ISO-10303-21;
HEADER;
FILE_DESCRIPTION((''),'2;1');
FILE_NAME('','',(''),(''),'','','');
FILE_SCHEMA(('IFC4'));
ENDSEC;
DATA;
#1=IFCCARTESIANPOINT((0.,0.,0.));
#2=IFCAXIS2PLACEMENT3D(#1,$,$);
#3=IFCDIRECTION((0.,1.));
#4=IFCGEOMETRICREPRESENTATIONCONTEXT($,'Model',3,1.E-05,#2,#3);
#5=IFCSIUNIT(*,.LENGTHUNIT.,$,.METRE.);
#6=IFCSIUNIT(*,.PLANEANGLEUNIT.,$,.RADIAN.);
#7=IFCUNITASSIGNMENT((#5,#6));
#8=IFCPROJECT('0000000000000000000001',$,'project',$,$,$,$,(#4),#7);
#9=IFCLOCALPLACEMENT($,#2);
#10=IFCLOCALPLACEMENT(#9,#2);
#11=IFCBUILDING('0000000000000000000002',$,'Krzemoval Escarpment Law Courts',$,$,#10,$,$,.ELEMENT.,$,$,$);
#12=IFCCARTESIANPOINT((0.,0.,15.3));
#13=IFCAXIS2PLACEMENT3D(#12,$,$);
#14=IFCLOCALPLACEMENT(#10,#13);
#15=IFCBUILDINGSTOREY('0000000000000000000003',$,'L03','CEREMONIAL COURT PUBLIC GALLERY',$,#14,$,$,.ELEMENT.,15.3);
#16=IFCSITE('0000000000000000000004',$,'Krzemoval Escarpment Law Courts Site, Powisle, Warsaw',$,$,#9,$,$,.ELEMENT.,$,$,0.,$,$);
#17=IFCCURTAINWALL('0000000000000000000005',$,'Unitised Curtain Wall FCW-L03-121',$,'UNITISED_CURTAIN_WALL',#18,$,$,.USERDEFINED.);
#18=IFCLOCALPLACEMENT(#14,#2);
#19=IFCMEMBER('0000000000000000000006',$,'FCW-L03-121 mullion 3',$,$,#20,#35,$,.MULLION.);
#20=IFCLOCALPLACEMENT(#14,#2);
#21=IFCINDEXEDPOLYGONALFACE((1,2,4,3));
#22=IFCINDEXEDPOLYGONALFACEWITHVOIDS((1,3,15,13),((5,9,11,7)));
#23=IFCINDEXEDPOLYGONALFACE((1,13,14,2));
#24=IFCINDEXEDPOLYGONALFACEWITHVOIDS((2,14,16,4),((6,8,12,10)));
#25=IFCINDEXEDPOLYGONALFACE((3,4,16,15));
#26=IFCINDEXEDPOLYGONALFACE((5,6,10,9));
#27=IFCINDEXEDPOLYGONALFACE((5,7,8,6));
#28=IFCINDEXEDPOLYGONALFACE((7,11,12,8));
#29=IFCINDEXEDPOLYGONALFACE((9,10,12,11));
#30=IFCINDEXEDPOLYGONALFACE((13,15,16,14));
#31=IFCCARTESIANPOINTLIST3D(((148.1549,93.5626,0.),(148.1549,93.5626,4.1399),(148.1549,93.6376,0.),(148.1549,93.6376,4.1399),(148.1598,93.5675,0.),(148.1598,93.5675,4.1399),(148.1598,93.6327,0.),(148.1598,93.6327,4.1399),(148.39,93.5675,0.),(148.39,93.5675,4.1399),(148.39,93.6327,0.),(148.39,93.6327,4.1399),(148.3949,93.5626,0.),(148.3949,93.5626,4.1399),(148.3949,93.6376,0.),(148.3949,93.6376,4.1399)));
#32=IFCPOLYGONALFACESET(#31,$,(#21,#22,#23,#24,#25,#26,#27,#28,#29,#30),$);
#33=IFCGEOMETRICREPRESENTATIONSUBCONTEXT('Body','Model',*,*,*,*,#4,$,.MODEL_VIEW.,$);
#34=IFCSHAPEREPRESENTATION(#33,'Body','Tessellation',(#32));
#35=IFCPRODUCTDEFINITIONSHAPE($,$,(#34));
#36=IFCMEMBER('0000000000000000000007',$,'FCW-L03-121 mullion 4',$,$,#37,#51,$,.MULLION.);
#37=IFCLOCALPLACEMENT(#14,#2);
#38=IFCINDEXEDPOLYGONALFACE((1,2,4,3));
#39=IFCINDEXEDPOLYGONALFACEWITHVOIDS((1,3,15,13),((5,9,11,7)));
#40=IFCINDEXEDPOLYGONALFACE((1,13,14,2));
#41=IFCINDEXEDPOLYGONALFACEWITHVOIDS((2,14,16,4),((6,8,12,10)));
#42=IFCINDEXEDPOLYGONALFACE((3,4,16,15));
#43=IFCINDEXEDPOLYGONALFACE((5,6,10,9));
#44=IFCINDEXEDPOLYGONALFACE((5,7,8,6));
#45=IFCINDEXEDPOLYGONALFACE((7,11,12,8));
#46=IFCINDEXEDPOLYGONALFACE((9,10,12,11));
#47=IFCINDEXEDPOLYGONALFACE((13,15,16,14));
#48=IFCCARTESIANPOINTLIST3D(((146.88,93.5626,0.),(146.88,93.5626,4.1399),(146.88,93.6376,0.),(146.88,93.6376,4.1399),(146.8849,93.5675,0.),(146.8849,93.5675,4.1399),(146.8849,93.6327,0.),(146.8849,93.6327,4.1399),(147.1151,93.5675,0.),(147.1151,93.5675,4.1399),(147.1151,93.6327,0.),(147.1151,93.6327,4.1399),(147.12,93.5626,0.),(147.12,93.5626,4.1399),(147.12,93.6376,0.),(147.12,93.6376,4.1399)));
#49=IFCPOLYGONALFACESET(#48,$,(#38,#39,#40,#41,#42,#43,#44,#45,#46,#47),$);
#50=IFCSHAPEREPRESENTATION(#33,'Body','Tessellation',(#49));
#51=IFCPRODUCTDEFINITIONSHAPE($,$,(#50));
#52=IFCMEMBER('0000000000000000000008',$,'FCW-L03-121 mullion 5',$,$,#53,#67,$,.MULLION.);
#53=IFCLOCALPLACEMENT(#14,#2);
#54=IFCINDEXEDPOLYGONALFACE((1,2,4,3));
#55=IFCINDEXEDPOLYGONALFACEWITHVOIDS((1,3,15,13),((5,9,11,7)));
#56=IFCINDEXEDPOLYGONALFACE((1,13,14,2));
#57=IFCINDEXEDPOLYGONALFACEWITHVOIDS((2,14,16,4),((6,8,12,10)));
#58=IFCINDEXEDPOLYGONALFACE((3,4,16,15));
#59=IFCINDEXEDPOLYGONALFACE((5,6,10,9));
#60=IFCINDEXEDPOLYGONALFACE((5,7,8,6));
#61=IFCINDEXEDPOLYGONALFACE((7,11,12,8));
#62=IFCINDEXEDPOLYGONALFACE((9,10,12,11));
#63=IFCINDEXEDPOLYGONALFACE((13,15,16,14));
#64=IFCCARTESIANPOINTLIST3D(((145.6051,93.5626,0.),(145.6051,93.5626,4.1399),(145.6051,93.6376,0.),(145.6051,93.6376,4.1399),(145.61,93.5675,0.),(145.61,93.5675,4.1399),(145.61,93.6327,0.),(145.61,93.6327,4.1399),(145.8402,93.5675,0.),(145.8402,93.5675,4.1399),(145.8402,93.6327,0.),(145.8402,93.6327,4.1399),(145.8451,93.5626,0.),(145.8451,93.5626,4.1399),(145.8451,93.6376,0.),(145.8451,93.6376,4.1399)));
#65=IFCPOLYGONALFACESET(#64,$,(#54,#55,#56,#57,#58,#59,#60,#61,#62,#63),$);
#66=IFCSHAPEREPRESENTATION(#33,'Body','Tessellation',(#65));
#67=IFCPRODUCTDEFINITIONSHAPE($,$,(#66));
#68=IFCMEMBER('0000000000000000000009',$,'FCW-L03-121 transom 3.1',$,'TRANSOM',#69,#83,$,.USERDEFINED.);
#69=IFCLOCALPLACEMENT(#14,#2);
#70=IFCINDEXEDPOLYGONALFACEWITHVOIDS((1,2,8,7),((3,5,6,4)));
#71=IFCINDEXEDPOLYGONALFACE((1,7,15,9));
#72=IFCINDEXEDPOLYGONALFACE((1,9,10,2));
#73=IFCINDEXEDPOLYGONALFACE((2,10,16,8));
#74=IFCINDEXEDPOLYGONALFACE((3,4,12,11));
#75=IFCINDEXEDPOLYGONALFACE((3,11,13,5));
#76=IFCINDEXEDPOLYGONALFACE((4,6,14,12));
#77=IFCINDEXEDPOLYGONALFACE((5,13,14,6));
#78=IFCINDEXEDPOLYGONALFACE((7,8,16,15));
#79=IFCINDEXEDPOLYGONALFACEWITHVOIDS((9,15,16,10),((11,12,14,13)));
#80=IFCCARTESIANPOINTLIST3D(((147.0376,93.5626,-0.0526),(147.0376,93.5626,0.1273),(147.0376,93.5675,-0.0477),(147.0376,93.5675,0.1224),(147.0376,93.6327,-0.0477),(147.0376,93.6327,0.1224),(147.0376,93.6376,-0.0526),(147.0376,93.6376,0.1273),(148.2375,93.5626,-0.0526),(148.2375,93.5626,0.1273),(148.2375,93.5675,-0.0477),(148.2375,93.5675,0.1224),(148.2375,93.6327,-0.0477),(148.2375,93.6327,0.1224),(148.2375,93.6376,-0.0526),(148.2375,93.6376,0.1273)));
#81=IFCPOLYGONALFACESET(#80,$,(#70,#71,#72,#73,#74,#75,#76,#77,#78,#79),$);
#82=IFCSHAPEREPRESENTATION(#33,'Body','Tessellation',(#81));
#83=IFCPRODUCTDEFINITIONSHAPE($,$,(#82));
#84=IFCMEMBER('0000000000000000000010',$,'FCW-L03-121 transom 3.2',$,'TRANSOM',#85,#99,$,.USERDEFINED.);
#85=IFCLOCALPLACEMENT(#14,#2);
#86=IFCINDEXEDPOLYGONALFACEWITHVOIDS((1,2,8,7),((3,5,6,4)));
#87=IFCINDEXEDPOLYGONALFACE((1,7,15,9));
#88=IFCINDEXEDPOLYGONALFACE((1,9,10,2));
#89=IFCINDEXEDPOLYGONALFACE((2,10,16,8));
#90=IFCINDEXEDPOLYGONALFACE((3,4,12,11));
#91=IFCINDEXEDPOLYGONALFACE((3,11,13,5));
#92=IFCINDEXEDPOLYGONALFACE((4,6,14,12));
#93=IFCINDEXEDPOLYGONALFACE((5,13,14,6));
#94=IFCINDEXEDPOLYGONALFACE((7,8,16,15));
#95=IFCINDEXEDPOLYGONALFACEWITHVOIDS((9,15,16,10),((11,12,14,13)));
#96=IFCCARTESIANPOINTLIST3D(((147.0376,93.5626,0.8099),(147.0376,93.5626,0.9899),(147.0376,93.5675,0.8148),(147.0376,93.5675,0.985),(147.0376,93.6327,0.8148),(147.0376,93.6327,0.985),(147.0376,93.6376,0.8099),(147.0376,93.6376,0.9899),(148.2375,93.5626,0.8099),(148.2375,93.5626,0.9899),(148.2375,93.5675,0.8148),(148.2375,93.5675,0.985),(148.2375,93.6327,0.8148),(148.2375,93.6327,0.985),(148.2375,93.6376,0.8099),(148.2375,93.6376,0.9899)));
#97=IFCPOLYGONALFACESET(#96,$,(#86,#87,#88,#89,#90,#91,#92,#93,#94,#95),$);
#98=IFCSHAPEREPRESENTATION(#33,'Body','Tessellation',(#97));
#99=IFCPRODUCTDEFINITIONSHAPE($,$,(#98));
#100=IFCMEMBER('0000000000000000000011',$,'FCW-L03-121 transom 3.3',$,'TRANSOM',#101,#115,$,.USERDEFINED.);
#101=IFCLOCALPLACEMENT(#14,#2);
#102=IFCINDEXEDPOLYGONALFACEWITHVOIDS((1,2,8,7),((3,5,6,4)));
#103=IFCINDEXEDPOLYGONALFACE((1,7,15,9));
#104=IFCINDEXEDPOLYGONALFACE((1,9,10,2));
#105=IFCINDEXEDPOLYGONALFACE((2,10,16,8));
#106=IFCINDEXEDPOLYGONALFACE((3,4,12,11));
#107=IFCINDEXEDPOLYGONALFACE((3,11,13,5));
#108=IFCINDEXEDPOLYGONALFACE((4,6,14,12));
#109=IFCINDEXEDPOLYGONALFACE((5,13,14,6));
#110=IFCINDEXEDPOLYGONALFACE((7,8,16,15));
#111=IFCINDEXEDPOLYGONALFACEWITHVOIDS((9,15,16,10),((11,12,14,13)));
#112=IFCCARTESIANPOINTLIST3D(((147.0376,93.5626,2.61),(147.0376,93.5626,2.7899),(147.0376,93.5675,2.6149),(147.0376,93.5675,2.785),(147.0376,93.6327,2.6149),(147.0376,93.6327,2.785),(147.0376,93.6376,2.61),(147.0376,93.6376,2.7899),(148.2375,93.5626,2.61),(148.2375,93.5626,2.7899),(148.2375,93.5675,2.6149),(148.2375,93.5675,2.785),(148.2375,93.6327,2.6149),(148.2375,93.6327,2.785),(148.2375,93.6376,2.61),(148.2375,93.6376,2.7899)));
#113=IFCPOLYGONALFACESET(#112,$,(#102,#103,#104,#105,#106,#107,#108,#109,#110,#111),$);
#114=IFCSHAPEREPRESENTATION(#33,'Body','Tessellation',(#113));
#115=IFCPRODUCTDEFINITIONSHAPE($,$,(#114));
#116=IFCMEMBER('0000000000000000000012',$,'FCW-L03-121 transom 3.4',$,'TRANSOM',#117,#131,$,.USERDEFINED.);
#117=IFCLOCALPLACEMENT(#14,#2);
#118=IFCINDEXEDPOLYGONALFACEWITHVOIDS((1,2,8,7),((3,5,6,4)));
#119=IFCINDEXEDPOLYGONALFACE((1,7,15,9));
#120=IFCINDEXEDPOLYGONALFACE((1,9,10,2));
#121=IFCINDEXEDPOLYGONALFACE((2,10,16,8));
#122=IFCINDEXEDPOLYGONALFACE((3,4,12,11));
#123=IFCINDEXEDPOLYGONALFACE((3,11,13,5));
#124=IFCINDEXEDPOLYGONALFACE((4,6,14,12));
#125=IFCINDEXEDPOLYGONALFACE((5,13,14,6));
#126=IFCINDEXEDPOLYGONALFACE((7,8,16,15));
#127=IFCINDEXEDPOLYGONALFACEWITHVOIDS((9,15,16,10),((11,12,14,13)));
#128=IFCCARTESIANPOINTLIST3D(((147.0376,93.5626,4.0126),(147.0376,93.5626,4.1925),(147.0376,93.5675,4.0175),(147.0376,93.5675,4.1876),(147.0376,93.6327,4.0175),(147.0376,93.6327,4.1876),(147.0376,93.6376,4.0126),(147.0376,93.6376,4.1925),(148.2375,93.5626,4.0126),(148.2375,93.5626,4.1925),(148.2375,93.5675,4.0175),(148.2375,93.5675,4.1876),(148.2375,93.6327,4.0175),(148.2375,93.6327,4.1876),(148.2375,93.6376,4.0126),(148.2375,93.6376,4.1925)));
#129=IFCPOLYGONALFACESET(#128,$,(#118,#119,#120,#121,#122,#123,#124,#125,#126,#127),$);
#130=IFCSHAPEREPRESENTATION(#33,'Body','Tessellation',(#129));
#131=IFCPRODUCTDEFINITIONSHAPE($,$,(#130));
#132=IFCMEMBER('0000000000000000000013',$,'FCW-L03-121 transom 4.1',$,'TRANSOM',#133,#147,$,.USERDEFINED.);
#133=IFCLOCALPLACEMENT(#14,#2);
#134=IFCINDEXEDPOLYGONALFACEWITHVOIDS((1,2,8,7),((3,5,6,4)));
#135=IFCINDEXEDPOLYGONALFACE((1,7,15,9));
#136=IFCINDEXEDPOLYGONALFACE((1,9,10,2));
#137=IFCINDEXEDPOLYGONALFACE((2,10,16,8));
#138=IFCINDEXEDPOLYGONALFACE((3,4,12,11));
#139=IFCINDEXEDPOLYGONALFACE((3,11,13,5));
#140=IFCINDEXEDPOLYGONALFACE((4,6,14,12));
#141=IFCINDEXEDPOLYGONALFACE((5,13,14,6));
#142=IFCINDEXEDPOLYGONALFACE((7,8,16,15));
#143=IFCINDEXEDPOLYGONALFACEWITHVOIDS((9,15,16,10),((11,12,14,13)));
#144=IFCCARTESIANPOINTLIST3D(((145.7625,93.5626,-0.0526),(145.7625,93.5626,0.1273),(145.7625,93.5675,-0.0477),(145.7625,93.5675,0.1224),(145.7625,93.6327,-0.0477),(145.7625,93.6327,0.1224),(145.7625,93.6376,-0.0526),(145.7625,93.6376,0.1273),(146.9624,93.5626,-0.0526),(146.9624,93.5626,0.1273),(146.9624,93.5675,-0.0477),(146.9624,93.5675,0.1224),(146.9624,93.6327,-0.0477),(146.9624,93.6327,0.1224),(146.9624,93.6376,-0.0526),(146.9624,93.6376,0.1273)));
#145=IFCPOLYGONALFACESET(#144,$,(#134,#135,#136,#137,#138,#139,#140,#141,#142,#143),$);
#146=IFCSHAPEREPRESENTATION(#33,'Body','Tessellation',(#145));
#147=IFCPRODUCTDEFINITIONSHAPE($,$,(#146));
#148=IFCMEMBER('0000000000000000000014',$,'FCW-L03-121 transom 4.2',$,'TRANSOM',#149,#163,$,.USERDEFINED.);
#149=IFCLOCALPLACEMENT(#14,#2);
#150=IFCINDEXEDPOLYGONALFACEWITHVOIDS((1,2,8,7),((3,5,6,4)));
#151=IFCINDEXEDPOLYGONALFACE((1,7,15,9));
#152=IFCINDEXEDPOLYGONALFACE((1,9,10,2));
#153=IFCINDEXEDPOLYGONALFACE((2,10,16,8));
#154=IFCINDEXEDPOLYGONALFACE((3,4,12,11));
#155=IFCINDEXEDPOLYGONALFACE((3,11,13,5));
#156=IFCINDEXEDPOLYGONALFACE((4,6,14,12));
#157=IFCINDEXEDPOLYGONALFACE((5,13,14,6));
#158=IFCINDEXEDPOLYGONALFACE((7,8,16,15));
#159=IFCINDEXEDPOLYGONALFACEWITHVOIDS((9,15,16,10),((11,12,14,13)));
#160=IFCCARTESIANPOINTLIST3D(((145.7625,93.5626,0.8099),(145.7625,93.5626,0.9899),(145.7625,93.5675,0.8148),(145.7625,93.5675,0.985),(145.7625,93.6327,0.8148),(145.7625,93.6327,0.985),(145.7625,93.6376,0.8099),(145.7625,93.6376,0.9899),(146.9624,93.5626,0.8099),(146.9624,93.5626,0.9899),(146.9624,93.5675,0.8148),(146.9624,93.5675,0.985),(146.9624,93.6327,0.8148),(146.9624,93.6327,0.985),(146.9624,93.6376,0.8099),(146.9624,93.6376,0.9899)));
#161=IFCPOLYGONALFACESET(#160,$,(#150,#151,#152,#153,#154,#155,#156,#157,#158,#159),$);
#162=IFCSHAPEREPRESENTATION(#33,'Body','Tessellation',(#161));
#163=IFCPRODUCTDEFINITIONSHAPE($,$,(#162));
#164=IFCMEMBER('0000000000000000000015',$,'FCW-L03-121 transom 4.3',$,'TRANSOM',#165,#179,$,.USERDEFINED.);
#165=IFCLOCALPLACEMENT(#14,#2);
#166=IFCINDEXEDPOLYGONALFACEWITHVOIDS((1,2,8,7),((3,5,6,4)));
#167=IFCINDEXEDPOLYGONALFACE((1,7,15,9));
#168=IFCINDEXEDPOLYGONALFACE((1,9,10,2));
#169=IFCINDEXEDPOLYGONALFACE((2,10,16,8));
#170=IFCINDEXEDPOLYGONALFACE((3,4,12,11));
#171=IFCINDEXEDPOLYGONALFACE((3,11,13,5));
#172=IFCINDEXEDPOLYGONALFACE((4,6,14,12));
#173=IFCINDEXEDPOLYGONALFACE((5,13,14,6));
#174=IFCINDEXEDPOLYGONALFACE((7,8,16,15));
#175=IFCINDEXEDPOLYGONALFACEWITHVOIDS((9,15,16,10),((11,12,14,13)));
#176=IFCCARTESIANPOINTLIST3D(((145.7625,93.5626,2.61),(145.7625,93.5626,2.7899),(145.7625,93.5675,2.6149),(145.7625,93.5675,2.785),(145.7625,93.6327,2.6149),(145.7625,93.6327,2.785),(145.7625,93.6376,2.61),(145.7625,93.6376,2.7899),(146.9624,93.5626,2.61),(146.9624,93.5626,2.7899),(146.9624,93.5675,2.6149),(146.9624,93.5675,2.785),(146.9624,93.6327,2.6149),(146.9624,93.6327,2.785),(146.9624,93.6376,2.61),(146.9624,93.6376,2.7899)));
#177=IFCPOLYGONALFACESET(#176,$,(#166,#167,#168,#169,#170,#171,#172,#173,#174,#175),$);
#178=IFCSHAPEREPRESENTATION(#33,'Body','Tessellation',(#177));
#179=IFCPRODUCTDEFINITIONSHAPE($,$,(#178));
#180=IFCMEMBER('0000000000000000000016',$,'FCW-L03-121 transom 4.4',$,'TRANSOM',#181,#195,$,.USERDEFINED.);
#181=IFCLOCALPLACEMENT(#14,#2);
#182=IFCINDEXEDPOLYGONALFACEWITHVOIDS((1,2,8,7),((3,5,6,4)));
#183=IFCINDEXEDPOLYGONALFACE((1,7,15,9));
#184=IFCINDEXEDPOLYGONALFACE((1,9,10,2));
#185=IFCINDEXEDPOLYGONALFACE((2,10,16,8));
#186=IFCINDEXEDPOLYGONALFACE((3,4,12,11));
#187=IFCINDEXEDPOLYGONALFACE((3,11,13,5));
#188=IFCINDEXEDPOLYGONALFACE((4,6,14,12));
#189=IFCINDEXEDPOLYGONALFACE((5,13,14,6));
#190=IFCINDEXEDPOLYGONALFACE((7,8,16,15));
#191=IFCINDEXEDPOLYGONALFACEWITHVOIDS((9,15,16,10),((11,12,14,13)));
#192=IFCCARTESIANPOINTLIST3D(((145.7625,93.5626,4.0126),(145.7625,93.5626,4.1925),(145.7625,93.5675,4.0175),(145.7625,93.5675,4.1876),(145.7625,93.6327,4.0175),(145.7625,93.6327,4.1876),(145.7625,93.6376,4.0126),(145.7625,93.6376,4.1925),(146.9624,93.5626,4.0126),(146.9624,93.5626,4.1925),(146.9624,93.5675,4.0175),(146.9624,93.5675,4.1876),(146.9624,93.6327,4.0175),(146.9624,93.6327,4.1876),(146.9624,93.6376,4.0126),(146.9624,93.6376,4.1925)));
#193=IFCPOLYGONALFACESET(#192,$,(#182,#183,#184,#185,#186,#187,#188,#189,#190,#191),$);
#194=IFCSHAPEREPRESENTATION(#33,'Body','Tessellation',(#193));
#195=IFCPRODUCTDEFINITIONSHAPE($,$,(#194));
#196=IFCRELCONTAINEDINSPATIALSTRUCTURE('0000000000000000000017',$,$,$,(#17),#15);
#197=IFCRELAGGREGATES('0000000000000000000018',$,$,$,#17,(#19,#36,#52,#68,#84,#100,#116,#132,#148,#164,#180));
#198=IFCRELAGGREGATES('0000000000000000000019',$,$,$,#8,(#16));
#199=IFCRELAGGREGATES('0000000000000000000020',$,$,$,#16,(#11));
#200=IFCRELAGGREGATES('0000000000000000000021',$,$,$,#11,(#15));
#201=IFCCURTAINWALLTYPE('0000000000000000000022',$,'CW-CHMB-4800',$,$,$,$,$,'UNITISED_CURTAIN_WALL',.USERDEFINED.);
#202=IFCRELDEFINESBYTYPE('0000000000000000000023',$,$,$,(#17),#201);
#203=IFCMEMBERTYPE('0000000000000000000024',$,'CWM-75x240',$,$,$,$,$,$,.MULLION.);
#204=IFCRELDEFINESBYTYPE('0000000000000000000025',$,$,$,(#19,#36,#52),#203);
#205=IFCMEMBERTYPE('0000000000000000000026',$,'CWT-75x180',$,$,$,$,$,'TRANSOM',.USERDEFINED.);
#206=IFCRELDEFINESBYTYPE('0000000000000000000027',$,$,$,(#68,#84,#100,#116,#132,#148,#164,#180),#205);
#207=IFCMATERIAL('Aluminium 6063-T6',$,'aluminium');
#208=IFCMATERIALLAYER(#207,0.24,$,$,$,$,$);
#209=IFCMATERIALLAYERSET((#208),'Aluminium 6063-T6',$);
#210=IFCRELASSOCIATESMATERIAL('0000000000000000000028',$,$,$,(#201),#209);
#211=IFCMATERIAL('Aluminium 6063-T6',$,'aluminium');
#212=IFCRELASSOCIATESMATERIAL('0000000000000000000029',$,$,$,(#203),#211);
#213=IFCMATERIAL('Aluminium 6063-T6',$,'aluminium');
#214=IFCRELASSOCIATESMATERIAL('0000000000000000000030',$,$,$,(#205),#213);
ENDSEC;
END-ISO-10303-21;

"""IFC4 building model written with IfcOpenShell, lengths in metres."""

from ifc_helpers import new_model, si_unit, direction, frame, origin, origin_2d, place, context, subcontext, project, spatial, hollow_rectangle, extrude, material, layer, layer_set, material_profile, profile_set, type_object, element, aggregate, save


model = new_model("IFC4")

# Units and contexts
model_context = context("Model", 3, precision=1e-05, world=origin(), true_north=direction((0.0, 1.0)))
body_context = subcontext(model_context, "Body", "Model", "MODEL_VIEW")
ifc_project = project(units=[si_unit("LENGTHUNIT", "METRE"), si_unit("PLANEANGLEUNIT", "RADIAN")], contexts=[model_context])

# Site, building, storey
site_placement = place(None, origin())
site = spatial("IfcSite", under=ifc_project, at=site_placement, Name="Krzemoval Escarpment Law Courts Site, Powisle, Warsaw", CompositionType="ELEMENT", RefElevation=0.0)
building_placement = place(site_placement, origin())
building = spatial("IfcBuilding", under=site, at=building_placement, Name="Krzemoval Escarpment Law Courts", CompositionType="ELEMENT")
storey_placement = place(building_placement, frame((0.0, 0.0, 15.3)))
storey = spatial("IfcBuildingStorey", under=building, at=storey_placement, Name="L03", Description="CEREMONIAL COURT PUBLIC GALLERY", CompositionType="ELEMENT", Elevation=15.3)

# Curtain wall, members
ifc_material_1 = material(Name="Aluminium 6063-T6", Category="aluminium")
ifc_layer_1 = layer(ifc_material_1, 0.24)
ifc_layer_set_1 = layer_set([ifc_layer_1], Name="Aluminium 6063-T6")
curtain_wall_type = type_object("IfcCurtainWallType", Name="CW-CHMB-4800", ElementType="UNITISED_CURTAIN_WALL", PredefinedType="USERDEFINED", material=ifc_layer_set_1)
curtain_wall_placement = place(storey_placement, origin())
curtain_wall = element("IfcCurtainWall", 1, at=curtain_wall_placement, inside=storey, type_object=curtain_wall_type, Name="Unitised Curtain Wall FCW-L03-121", ObjectType="UNITISED_CURTAIN_WALL", PredefinedType="USERDEFINED")
ifc_material_2 = material(Name="Aluminium 6063-T6", Category="aluminium")
ifc_material_profile_1 = material_profile(ifc_material_2, hollow_rectangle(XDim=0.075, YDim=0.24, WallThickness=0.0049, at=origin_2d()), Name="ALU M75x240")
ifc_profile_set_1 = profile_set([ifc_material_profile_1], Name="Aluminium 6063-T6")
member_type_1 = type_object("IfcMemberType", Name="CWM-75x240", PredefinedType="MULLION", material=ifc_profile_set_1)
member_1_placement = place(storey_placement, frame((148.2749, 93.6001, 0.0), z_axis=(0.0, 0.0, 1.0), x_axis=(0.0, -1.0, 0.0)))
member_1 = element("IfcMember", 2, at=member_1_placement, type_object=member_type_1, Name="FCW-L03-121 mullion 3", PredefinedType="MULLION", context=body_context, shape_type="SweptSolid", body=[
    extrude(hollow_rectangle(XDim=0.075, YDim=0.24, WallThickness=0.0049, at=origin_2d()), origin(), (0.0, 0.0, 1.0), 4.1399),
])
member_2_placement = place(storey_placement, frame((147.0, 93.6001, 0.0), z_axis=(0.0, 0.0, 1.0), x_axis=(0.0, -1.0, 0.0)))
member_2 = element("IfcMember", 3, at=member_2_placement, type_object=member_type_1, Name="FCW-L03-121 mullion 4", PredefinedType="MULLION", context=body_context, shape_type="SweptSolid", body=[
    extrude(hollow_rectangle(XDim=0.075, YDim=0.24, WallThickness=0.0049, at=origin_2d()), origin(), (0.0, 0.0, 1.0), 4.1399),
])
member_3_placement = place(storey_placement, frame((145.7251, 93.6001, 0.0), z_axis=(0.0, 0.0, 1.0), x_axis=(0.0, -1.0, 0.0)))
member_3 = element("IfcMember", 4, at=member_3_placement, type_object=member_type_1, Name="FCW-L03-121 mullion 5", PredefinedType="MULLION", context=body_context, shape_type="SweptSolid", body=[
    extrude(hollow_rectangle(XDim=0.075, YDim=0.24, WallThickness=0.0049, at=origin_2d()), origin(), (0.0, 0.0, 1.0), 4.1399),
])
ifc_material_3 = material(Name="Aluminium 6063-T6", Category="aluminium")
ifc_material_profile_2 = material_profile(ifc_material_3, hollow_rectangle(XDim=0.075, YDim=0.1799, WallThickness=0.0049, at=origin_2d()), Name="ALU T75x180")
ifc_profile_set_2 = profile_set([ifc_material_profile_2], Name="Aluminium 6063-T6")
member_type_2 = type_object("IfcMemberType", Name="CWT-75x180", ElementType="TRANSOM", PredefinedType="USERDEFINED", material=ifc_profile_set_2)
member_4_placement = place(storey_placement, frame((148.2375, 93.6001, 0.0374), z_axis=(-1.0, 0.0, 0.0), x_axis=(0.0, -1.0, 0.0)))
member_4 = element("IfcMember", 5, at=member_4_placement, type_object=member_type_2, Name="FCW-L03-121 transom 3.1", ObjectType="TRANSOM", PredefinedType="USERDEFINED", context=body_context, shape_type="SweptSolid", body=[
    extrude(hollow_rectangle(XDim=0.075, YDim=0.1799, WallThickness=0.0049, at=origin_2d()), origin(), (0.0, 0.0, 1.0), 1.2),
])
member_5_placement = place(storey_placement, frame((148.2375, 93.6001, 0.8999), z_axis=(-1.0, 0.0, 0.0), x_axis=(0.0, -1.0, 0.0)))
member_5 = element("IfcMember", 6, at=member_5_placement, type_object=member_type_2, Name="FCW-L03-121 transom 3.2", ObjectType="TRANSOM", PredefinedType="USERDEFINED", context=body_context, shape_type="SweptSolid", body=[
    extrude(hollow_rectangle(XDim=0.075, YDim=0.1799, WallThickness=0.0049, at=origin_2d()), origin(), (0.0, 0.0, 1.0), 1.2),
])
member_6_placement = place(storey_placement, frame((148.2375, 93.6001, 2.7), z_axis=(-1.0, 0.0, 0.0), x_axis=(0.0, -1.0, 0.0)))
member_6 = element("IfcMember", 7, at=member_6_placement, type_object=member_type_2, Name="FCW-L03-121 transom 3.3", ObjectType="TRANSOM", PredefinedType="USERDEFINED", context=body_context, shape_type="SweptSolid", body=[
    extrude(hollow_rectangle(XDim=0.075, YDim=0.1799, WallThickness=0.0049, at=origin_2d()), origin(), (0.0, 0.0, 1.0), 1.2),
])
member_7_placement = place(storey_placement, frame((148.2375, 93.6001, 4.1025), z_axis=(-1.0, 0.0, 0.0), x_axis=(0.0, -1.0, 0.0)))
member_7 = element("IfcMember", 8, at=member_7_placement, type_object=member_type_2, Name="FCW-L03-121 transom 3.4", ObjectType="TRANSOM", PredefinedType="USERDEFINED", context=body_context, shape_type="SweptSolid", body=[
    extrude(hollow_rectangle(XDim=0.075, YDim=0.1799, WallThickness=0.0049, at=origin_2d()), origin(), (0.0, 0.0, 1.0), 1.2),
])
member_8_placement = place(storey_placement, frame((146.9624, 93.6001, 0.0374), z_axis=(-1.0, 0.0, 0.0), x_axis=(0.0, -1.0, 0.0)))
member_8 = element("IfcMember", 9, at=member_8_placement, type_object=member_type_2, Name="FCW-L03-121 transom 4.1", ObjectType="TRANSOM", PredefinedType="USERDEFINED", context=body_context, shape_type="SweptSolid", body=[
    extrude(hollow_rectangle(XDim=0.075, YDim=0.1799, WallThickness=0.0049, at=origin_2d()), origin(), (0.0, 0.0, 1.0), 1.2),
])
member_9_placement = place(storey_placement, frame((146.9624, 93.6001, 0.8999), z_axis=(-1.0, 0.0, 0.0), x_axis=(0.0, -1.0, 0.0)))
member_9 = element("IfcMember", 10, at=member_9_placement, type_object=member_type_2, Name="FCW-L03-121 transom 4.2", ObjectType="TRANSOM", PredefinedType="USERDEFINED", context=body_context, shape_type="SweptSolid", body=[
    extrude(hollow_rectangle(XDim=0.075, YDim=0.1799, WallThickness=0.0049, at=origin_2d()), origin(), (0.0, 0.0, 1.0), 1.2),
])
member_10_placement = place(storey_placement, frame((146.9624, 93.6001, 2.7), z_axis=(-1.0, 0.0, 0.0), x_axis=(0.0, -1.0, 0.0)))
member_10 = element("IfcMember", 11, at=member_10_placement, type_object=member_type_2, Name="FCW-L03-121 transom 4.3", ObjectType="TRANSOM", PredefinedType="USERDEFINED", context=body_context, shape_type="SweptSolid", body=[
    extrude(hollow_rectangle(XDim=0.075, YDim=0.1799, WallThickness=0.0049, at=origin_2d()), origin(), (0.0, 0.0, 1.0), 1.2),
])
member_11_placement = place(storey_placement, frame((146.9624, 93.6001, 4.1025), z_axis=(-1.0, 0.0, 0.0), x_axis=(0.0, -1.0, 0.0)))
member_11 = element("IfcMember", 12, at=member_11_placement, type_object=member_type_2, Name="FCW-L03-121 transom 4.4", ObjectType="TRANSOM", PredefinedType="USERDEFINED", context=body_context, shape_type="SweptSolid", body=[
    extrude(hollow_rectangle(XDim=0.075, YDim=0.1799, WallThickness=0.0049, at=origin_2d()), origin(), (0.0, 0.0, 1.0), 1.2),
])

aggregate(curtain_wall, [member_1, member_2, member_3, member_4, member_5, member_6, member_7, member_8, member_9, member_10, member_11])

save(model, "model.ifc")
